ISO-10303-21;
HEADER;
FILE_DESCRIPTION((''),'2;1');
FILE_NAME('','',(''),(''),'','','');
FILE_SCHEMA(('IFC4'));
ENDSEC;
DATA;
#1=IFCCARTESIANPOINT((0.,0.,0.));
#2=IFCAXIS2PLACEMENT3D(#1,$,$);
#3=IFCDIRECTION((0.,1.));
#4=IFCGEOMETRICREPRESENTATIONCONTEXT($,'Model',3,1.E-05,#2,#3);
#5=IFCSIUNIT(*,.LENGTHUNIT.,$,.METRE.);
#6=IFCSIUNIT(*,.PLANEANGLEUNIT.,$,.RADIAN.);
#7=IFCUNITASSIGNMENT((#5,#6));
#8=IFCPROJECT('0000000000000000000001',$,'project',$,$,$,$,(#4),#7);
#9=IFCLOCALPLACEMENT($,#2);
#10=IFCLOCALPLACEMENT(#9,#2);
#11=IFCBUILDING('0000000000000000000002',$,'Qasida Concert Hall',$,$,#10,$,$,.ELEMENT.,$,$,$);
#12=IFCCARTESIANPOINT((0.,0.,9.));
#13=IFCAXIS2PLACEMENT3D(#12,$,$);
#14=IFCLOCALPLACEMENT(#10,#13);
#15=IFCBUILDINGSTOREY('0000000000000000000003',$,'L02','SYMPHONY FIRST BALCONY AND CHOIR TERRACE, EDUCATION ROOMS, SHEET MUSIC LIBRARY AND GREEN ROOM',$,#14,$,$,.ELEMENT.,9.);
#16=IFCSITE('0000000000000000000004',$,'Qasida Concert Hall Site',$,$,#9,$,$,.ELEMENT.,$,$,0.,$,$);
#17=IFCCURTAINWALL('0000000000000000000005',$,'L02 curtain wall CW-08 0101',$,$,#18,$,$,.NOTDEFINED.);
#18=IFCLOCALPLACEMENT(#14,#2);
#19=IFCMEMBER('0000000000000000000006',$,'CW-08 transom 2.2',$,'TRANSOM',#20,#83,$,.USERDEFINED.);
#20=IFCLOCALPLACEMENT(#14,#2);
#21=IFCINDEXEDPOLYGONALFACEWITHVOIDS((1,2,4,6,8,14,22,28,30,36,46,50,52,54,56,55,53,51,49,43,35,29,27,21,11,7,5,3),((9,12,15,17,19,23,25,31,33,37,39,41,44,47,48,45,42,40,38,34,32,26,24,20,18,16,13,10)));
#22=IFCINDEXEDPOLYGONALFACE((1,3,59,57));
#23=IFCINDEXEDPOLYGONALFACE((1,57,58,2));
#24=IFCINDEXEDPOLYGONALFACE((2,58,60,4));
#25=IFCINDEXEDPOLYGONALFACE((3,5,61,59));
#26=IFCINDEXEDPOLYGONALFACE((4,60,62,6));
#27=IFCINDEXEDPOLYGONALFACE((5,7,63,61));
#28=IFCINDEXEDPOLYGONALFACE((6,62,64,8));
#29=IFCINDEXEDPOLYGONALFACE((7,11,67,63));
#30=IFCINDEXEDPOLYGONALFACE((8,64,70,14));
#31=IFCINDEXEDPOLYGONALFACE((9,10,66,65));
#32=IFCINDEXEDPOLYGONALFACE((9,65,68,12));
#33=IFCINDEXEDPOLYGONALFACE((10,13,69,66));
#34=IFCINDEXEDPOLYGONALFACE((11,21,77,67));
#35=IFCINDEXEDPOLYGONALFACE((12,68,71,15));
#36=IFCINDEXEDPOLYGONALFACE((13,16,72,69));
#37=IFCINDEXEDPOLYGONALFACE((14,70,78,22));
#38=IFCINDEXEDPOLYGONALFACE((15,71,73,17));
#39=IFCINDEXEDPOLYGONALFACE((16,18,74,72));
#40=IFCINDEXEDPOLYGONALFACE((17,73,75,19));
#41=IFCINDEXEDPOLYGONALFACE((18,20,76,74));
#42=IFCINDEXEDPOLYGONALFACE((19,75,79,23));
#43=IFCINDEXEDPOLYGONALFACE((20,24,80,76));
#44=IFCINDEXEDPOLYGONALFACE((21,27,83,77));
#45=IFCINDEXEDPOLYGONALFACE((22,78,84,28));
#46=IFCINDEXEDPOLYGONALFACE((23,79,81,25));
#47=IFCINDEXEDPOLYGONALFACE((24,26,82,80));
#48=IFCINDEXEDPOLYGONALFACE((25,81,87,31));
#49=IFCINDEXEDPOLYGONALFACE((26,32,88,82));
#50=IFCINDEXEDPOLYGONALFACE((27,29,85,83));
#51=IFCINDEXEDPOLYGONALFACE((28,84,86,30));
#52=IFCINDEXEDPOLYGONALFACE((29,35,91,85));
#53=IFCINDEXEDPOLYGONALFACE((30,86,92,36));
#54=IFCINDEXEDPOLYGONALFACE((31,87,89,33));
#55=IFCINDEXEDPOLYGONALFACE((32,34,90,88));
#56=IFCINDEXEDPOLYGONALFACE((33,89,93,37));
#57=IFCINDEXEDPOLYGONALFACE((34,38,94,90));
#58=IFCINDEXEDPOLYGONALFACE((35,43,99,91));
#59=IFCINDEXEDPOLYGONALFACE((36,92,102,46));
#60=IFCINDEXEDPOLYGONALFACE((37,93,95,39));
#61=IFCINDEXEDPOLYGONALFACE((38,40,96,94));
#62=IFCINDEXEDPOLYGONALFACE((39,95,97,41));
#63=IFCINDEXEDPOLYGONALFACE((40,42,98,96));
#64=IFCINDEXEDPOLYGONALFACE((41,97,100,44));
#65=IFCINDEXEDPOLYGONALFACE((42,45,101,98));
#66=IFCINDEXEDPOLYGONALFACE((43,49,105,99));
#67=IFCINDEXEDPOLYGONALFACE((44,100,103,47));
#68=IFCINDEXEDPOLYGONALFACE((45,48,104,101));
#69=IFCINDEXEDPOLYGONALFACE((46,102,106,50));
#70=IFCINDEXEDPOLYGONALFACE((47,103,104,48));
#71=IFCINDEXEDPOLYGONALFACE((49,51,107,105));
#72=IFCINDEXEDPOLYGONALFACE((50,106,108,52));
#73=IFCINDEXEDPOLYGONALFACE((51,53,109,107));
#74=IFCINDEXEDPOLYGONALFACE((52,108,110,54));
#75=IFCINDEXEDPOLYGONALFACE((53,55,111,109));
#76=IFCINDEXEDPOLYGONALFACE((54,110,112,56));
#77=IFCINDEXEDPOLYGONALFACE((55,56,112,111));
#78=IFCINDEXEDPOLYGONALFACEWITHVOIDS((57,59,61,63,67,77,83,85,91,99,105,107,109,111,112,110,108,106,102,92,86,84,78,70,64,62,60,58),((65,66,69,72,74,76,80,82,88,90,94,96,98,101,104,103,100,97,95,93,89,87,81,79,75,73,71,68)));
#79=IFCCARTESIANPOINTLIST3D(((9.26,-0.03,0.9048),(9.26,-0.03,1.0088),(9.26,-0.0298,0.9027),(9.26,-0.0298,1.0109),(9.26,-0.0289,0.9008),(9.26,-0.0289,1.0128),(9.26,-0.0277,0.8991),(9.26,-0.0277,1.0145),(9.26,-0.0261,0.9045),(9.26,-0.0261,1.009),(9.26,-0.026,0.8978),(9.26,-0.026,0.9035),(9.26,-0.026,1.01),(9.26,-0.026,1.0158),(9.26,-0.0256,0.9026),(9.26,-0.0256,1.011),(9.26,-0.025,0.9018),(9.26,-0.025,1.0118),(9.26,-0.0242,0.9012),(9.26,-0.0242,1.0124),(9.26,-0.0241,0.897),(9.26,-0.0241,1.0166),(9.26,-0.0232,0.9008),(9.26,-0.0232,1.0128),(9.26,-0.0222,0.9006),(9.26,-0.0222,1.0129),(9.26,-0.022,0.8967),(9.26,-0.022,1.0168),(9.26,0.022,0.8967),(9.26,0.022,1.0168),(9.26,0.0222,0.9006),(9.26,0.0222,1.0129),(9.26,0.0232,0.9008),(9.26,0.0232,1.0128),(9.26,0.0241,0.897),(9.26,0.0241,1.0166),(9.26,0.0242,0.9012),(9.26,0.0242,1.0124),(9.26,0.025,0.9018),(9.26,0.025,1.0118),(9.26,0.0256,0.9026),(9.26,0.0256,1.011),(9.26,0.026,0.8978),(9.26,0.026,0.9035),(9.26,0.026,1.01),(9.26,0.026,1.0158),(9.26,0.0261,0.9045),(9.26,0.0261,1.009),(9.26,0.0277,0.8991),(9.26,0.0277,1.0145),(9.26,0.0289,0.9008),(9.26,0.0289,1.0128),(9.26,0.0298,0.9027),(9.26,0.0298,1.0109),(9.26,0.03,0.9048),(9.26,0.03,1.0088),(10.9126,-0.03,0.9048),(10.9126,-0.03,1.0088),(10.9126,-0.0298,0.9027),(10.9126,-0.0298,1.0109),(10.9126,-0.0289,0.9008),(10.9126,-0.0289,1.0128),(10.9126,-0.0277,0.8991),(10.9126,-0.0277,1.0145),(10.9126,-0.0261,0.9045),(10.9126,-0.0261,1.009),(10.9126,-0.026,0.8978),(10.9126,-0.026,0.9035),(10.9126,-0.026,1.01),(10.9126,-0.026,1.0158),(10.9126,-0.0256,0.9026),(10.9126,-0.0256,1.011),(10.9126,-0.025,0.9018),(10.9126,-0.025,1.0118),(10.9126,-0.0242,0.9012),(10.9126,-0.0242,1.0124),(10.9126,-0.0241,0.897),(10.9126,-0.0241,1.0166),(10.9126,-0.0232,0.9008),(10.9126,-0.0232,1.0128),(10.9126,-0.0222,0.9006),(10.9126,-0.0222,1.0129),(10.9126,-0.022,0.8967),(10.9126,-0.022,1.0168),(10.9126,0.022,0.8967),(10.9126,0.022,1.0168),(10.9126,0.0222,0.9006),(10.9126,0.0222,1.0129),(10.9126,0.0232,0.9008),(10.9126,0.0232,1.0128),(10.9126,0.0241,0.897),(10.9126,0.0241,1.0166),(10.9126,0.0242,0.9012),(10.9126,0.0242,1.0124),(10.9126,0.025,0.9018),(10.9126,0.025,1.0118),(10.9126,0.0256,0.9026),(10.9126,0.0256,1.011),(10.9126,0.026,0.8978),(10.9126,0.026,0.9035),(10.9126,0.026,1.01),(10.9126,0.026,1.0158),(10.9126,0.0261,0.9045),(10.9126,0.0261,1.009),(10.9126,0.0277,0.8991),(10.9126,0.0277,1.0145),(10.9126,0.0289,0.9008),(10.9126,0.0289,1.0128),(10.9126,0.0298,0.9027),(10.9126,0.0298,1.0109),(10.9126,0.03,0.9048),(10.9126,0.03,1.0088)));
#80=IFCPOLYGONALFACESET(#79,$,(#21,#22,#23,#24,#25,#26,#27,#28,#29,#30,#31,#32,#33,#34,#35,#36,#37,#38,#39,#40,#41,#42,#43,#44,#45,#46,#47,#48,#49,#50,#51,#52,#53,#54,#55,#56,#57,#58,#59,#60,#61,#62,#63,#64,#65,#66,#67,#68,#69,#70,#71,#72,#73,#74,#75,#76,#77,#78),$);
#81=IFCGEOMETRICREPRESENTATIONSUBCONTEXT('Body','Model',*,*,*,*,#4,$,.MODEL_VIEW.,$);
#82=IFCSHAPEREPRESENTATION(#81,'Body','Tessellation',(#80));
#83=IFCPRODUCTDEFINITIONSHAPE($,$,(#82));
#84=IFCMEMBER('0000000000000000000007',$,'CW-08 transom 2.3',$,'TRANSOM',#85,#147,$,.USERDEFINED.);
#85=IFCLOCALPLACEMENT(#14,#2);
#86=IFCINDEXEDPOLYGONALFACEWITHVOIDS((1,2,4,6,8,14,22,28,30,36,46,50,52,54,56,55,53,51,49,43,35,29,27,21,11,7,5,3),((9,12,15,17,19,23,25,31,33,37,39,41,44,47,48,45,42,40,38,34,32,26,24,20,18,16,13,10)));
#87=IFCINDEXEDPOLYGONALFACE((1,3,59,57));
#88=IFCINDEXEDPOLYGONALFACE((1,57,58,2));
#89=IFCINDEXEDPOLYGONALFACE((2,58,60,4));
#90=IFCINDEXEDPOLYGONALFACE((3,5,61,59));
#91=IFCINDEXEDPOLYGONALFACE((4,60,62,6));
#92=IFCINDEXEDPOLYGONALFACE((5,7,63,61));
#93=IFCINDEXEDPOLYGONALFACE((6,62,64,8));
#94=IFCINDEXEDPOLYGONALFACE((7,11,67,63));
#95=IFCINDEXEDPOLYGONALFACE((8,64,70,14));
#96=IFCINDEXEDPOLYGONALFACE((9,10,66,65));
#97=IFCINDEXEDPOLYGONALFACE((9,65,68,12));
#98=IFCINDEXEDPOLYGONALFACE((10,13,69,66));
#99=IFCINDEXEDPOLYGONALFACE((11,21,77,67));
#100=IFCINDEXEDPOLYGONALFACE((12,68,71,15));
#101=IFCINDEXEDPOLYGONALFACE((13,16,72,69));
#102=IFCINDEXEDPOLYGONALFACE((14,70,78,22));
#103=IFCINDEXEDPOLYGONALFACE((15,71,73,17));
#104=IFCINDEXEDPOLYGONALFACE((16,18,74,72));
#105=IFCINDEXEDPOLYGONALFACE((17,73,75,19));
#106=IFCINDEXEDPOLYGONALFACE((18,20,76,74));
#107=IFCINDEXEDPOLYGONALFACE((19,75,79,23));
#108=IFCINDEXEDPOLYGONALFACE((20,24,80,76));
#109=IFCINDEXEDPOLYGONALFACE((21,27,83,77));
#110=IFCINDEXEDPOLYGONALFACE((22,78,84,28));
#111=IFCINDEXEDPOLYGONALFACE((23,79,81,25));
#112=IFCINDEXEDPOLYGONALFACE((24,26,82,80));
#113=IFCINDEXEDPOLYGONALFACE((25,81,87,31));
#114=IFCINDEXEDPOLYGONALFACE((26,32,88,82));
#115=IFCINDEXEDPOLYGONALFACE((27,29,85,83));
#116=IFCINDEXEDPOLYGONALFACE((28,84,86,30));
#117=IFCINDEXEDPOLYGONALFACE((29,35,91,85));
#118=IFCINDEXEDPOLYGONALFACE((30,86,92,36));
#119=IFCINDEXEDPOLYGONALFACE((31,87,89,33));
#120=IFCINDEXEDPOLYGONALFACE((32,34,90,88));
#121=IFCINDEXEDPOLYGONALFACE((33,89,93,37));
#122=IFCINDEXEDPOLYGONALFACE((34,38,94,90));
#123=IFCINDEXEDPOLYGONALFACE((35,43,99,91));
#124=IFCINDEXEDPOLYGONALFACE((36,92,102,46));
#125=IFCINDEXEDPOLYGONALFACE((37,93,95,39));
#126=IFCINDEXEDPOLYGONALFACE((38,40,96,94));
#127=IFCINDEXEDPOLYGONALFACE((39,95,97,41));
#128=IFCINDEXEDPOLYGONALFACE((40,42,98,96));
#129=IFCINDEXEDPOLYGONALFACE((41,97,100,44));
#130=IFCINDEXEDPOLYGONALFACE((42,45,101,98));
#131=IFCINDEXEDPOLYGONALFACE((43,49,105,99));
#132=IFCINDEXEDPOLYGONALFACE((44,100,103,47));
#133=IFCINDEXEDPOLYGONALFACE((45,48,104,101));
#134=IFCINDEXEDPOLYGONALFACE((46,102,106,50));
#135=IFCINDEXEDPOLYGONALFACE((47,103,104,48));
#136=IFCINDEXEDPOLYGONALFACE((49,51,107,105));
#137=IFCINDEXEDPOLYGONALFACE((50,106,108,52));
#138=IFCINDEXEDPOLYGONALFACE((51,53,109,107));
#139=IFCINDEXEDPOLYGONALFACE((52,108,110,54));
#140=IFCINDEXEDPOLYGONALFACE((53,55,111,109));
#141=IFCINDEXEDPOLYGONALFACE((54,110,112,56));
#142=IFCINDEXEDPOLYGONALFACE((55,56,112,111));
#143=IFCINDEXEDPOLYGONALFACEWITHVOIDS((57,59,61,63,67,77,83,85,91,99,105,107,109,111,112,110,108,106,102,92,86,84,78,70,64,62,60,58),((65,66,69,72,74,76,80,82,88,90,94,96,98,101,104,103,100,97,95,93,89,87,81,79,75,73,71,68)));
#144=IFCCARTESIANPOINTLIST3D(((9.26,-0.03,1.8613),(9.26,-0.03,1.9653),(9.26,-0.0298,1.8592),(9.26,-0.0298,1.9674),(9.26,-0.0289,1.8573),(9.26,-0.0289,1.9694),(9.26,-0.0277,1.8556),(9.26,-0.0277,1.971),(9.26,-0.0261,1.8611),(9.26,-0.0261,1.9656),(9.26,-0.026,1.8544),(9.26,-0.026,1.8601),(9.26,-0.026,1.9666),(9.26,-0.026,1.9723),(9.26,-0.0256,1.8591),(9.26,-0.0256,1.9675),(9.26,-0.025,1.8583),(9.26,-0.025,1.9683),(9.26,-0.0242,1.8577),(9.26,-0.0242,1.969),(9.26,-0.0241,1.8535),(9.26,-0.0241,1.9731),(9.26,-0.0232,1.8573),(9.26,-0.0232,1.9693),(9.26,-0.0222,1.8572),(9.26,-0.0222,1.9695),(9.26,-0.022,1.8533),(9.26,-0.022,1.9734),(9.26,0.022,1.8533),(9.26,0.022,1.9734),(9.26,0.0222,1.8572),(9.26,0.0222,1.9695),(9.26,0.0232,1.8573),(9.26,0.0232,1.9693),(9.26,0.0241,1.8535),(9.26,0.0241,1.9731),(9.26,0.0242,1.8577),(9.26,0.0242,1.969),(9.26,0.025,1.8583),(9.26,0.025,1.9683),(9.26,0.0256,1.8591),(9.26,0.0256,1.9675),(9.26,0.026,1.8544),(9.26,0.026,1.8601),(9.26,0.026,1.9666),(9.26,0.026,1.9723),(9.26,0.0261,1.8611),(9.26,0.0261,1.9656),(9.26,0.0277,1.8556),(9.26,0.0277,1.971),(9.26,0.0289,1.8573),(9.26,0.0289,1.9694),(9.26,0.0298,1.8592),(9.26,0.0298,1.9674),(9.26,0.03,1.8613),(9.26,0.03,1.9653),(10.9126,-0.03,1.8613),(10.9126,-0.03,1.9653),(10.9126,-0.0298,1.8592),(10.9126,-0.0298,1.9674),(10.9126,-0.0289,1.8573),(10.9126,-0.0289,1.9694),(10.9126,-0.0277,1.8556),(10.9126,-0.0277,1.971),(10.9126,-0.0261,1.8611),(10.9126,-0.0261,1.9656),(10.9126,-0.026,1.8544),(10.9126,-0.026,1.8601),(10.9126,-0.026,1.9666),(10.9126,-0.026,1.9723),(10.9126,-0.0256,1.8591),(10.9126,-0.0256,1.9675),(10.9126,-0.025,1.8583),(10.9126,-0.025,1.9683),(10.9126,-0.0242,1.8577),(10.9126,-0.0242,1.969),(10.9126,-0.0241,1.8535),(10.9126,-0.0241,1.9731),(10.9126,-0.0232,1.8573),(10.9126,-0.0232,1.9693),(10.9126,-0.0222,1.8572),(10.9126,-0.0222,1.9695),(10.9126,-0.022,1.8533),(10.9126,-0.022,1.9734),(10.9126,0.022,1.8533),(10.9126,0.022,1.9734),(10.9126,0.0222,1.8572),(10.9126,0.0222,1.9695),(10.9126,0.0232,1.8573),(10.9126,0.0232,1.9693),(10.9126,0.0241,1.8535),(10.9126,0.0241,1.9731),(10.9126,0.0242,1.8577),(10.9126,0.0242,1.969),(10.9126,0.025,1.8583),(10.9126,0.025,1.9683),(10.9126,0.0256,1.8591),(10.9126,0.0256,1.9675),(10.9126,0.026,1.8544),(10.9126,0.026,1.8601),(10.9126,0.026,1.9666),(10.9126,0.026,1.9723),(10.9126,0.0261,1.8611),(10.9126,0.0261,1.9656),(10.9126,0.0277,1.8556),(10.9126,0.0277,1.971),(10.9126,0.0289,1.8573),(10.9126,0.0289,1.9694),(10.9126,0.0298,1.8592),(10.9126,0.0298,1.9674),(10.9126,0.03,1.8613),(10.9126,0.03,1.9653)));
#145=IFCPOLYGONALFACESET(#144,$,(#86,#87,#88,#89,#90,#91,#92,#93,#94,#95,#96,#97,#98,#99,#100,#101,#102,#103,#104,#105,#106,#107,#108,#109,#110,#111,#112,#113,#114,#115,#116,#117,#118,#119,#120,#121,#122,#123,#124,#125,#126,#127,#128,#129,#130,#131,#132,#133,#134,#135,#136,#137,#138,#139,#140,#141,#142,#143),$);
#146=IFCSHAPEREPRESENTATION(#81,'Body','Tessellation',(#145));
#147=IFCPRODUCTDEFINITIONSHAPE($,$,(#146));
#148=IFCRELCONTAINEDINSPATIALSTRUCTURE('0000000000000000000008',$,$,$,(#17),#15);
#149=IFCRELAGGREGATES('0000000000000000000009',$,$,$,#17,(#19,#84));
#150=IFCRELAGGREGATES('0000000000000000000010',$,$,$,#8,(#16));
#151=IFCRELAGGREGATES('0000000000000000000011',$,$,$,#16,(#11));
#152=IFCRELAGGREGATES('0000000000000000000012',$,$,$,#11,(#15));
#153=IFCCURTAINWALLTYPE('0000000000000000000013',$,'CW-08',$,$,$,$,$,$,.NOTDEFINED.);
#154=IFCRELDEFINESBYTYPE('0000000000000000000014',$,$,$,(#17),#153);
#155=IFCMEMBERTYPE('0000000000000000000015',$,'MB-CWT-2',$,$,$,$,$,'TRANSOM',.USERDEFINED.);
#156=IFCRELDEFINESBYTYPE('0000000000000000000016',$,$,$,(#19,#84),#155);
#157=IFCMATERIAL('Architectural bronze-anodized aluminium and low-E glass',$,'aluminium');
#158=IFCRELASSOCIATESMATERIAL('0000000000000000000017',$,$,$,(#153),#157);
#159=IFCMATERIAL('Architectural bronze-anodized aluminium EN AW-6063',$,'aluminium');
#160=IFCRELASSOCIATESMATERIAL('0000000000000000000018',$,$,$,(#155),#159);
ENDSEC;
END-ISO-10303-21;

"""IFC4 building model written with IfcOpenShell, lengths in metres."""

from ifc_helpers import new_model, si_unit, direction, frame, origin, origin_2d, place, context, subcontext, project, spatial, hollow_rectangle, extrude, material, material_profile, profile_set, type_object, element, aggregate, save


model = new_model("IFC4")

# Units and contexts
model_context = context("Model", 3, precision=1e-05, world=origin(), true_north=direction((0.0, 1.0)))
body_context = subcontext(model_context, "Body", "Model", "MODEL_VIEW")
ifc_project = project(units=[si_unit("LENGTHUNIT", "METRE"), si_unit("PLANEANGLEUNIT", "RADIAN")], contexts=[model_context])

# Site, building, storey
site_placement = place(None, origin())
site = spatial("IfcSite", under=ifc_project, at=site_placement, Name="Qasida Concert Hall Site", CompositionType="ELEMENT", RefElevation=0.0)
building_placement = place(site_placement, origin())
building = spatial("IfcBuilding", under=site, at=building_placement, Name="Qasida Concert Hall", CompositionType="ELEMENT")
storey_placement = place(building_placement, frame((0.0, 0.0, 9.0)))
storey = spatial("IfcBuildingStorey", under=building, at=storey_placement, Name="L02", Description="SYMPHONY FIRST BALCONY AND CHOIR TERRACE, EDUCATION ROOMS, SHEET MUSIC LIBRARY AND GREEN ROOM", CompositionType="ELEMENT", Elevation=9.0)

# Shared definitions
ifc_material_1 = material(Name="Architectural bronze-anodized aluminium and low-E glass", Category="aluminium")
curtain_wall_type = type_object("IfcCurtainWallType", Name="CW-08", PredefinedType="NOTDEFINED", material=ifc_material_1)
ifc_material_2 = material(Name="Architectural bronze-anodized aluminium EN AW-6063", Category="aluminium")

# Curtain wall
curtain_wall_1_placement = place(storey_placement, origin())
curtain_wall_1 = element("IfcCurtainWall", 1, at=curtain_wall_1_placement, inside=storey, type_object=curtain_wall_type, Name="L02 curtain wall CW-08 0101", PredefinedType="NOTDEFINED")

# Members
ifc_material_profile_1 = material_profile(ifc_material_2, hollow_rectangle(XDim=0.0601, YDim=0.1201, WallThickness=0.0039, InnerFilletRadius=0.0039, OuterFilletRadius=0.0081, at=origin_2d()), Name="CWT 120x60x4")
ifc_profile_set_1 = profile_set([ifc_material_profile_1], Name="Architectural bronze-anodized aluminium EN AW-6063")
member_type_1 = type_object("IfcMemberType", Name="MB-CWT-2", ElementType="TRANSOM", PredefinedType="USERDEFINED", material=ifc_profile_set_1)
member_1_placement = place(storey_placement, frame((9.26, 0.0, 0.9568), z_axis=(1.0, 0.0, 0.0), x_axis=(0.0, 1.0, 0.0)))
member_1 = element("IfcMember", 2, at=member_1_placement, type_object=member_type_1, Name="CW-08 transom 2.2", ObjectType="TRANSOM", PredefinedType="USERDEFINED", context=body_context, shape_type="SweptSolid", body=[
    extrude(hollow_rectangle(XDim=0.0601, YDim=0.1201, WallThickness=0.0039, InnerFilletRadius=0.0039, OuterFilletRadius=0.0081, at=origin_2d()), origin(), (0.0, 0.0, 1.0), 1.6526),
])
member_2_placement = place(storey_placement, frame((9.26, 0.0, 1.9133), z_axis=(1.0, 0.0, 0.0), x_axis=(0.0, 1.0, 0.0)))
member_2 = element("IfcMember", 3, at=member_2_placement, type_object=member_type_1, Name="CW-08 transom 2.3", ObjectType="TRANSOM", PredefinedType="USERDEFINED", context=body_context, shape_type="SweptSolid", body=[
    extrude(hollow_rectangle(XDim=0.0601, YDim=0.1201, WallThickness=0.0039, InnerFilletRadius=0.0039, OuterFilletRadius=0.0081, at=origin_2d()), origin(), (0.0, 0.0, 1.0), 1.6526),
])

aggregate(curtain_wall_1, [member_1, member_2])

save(model, "model.ifc")
